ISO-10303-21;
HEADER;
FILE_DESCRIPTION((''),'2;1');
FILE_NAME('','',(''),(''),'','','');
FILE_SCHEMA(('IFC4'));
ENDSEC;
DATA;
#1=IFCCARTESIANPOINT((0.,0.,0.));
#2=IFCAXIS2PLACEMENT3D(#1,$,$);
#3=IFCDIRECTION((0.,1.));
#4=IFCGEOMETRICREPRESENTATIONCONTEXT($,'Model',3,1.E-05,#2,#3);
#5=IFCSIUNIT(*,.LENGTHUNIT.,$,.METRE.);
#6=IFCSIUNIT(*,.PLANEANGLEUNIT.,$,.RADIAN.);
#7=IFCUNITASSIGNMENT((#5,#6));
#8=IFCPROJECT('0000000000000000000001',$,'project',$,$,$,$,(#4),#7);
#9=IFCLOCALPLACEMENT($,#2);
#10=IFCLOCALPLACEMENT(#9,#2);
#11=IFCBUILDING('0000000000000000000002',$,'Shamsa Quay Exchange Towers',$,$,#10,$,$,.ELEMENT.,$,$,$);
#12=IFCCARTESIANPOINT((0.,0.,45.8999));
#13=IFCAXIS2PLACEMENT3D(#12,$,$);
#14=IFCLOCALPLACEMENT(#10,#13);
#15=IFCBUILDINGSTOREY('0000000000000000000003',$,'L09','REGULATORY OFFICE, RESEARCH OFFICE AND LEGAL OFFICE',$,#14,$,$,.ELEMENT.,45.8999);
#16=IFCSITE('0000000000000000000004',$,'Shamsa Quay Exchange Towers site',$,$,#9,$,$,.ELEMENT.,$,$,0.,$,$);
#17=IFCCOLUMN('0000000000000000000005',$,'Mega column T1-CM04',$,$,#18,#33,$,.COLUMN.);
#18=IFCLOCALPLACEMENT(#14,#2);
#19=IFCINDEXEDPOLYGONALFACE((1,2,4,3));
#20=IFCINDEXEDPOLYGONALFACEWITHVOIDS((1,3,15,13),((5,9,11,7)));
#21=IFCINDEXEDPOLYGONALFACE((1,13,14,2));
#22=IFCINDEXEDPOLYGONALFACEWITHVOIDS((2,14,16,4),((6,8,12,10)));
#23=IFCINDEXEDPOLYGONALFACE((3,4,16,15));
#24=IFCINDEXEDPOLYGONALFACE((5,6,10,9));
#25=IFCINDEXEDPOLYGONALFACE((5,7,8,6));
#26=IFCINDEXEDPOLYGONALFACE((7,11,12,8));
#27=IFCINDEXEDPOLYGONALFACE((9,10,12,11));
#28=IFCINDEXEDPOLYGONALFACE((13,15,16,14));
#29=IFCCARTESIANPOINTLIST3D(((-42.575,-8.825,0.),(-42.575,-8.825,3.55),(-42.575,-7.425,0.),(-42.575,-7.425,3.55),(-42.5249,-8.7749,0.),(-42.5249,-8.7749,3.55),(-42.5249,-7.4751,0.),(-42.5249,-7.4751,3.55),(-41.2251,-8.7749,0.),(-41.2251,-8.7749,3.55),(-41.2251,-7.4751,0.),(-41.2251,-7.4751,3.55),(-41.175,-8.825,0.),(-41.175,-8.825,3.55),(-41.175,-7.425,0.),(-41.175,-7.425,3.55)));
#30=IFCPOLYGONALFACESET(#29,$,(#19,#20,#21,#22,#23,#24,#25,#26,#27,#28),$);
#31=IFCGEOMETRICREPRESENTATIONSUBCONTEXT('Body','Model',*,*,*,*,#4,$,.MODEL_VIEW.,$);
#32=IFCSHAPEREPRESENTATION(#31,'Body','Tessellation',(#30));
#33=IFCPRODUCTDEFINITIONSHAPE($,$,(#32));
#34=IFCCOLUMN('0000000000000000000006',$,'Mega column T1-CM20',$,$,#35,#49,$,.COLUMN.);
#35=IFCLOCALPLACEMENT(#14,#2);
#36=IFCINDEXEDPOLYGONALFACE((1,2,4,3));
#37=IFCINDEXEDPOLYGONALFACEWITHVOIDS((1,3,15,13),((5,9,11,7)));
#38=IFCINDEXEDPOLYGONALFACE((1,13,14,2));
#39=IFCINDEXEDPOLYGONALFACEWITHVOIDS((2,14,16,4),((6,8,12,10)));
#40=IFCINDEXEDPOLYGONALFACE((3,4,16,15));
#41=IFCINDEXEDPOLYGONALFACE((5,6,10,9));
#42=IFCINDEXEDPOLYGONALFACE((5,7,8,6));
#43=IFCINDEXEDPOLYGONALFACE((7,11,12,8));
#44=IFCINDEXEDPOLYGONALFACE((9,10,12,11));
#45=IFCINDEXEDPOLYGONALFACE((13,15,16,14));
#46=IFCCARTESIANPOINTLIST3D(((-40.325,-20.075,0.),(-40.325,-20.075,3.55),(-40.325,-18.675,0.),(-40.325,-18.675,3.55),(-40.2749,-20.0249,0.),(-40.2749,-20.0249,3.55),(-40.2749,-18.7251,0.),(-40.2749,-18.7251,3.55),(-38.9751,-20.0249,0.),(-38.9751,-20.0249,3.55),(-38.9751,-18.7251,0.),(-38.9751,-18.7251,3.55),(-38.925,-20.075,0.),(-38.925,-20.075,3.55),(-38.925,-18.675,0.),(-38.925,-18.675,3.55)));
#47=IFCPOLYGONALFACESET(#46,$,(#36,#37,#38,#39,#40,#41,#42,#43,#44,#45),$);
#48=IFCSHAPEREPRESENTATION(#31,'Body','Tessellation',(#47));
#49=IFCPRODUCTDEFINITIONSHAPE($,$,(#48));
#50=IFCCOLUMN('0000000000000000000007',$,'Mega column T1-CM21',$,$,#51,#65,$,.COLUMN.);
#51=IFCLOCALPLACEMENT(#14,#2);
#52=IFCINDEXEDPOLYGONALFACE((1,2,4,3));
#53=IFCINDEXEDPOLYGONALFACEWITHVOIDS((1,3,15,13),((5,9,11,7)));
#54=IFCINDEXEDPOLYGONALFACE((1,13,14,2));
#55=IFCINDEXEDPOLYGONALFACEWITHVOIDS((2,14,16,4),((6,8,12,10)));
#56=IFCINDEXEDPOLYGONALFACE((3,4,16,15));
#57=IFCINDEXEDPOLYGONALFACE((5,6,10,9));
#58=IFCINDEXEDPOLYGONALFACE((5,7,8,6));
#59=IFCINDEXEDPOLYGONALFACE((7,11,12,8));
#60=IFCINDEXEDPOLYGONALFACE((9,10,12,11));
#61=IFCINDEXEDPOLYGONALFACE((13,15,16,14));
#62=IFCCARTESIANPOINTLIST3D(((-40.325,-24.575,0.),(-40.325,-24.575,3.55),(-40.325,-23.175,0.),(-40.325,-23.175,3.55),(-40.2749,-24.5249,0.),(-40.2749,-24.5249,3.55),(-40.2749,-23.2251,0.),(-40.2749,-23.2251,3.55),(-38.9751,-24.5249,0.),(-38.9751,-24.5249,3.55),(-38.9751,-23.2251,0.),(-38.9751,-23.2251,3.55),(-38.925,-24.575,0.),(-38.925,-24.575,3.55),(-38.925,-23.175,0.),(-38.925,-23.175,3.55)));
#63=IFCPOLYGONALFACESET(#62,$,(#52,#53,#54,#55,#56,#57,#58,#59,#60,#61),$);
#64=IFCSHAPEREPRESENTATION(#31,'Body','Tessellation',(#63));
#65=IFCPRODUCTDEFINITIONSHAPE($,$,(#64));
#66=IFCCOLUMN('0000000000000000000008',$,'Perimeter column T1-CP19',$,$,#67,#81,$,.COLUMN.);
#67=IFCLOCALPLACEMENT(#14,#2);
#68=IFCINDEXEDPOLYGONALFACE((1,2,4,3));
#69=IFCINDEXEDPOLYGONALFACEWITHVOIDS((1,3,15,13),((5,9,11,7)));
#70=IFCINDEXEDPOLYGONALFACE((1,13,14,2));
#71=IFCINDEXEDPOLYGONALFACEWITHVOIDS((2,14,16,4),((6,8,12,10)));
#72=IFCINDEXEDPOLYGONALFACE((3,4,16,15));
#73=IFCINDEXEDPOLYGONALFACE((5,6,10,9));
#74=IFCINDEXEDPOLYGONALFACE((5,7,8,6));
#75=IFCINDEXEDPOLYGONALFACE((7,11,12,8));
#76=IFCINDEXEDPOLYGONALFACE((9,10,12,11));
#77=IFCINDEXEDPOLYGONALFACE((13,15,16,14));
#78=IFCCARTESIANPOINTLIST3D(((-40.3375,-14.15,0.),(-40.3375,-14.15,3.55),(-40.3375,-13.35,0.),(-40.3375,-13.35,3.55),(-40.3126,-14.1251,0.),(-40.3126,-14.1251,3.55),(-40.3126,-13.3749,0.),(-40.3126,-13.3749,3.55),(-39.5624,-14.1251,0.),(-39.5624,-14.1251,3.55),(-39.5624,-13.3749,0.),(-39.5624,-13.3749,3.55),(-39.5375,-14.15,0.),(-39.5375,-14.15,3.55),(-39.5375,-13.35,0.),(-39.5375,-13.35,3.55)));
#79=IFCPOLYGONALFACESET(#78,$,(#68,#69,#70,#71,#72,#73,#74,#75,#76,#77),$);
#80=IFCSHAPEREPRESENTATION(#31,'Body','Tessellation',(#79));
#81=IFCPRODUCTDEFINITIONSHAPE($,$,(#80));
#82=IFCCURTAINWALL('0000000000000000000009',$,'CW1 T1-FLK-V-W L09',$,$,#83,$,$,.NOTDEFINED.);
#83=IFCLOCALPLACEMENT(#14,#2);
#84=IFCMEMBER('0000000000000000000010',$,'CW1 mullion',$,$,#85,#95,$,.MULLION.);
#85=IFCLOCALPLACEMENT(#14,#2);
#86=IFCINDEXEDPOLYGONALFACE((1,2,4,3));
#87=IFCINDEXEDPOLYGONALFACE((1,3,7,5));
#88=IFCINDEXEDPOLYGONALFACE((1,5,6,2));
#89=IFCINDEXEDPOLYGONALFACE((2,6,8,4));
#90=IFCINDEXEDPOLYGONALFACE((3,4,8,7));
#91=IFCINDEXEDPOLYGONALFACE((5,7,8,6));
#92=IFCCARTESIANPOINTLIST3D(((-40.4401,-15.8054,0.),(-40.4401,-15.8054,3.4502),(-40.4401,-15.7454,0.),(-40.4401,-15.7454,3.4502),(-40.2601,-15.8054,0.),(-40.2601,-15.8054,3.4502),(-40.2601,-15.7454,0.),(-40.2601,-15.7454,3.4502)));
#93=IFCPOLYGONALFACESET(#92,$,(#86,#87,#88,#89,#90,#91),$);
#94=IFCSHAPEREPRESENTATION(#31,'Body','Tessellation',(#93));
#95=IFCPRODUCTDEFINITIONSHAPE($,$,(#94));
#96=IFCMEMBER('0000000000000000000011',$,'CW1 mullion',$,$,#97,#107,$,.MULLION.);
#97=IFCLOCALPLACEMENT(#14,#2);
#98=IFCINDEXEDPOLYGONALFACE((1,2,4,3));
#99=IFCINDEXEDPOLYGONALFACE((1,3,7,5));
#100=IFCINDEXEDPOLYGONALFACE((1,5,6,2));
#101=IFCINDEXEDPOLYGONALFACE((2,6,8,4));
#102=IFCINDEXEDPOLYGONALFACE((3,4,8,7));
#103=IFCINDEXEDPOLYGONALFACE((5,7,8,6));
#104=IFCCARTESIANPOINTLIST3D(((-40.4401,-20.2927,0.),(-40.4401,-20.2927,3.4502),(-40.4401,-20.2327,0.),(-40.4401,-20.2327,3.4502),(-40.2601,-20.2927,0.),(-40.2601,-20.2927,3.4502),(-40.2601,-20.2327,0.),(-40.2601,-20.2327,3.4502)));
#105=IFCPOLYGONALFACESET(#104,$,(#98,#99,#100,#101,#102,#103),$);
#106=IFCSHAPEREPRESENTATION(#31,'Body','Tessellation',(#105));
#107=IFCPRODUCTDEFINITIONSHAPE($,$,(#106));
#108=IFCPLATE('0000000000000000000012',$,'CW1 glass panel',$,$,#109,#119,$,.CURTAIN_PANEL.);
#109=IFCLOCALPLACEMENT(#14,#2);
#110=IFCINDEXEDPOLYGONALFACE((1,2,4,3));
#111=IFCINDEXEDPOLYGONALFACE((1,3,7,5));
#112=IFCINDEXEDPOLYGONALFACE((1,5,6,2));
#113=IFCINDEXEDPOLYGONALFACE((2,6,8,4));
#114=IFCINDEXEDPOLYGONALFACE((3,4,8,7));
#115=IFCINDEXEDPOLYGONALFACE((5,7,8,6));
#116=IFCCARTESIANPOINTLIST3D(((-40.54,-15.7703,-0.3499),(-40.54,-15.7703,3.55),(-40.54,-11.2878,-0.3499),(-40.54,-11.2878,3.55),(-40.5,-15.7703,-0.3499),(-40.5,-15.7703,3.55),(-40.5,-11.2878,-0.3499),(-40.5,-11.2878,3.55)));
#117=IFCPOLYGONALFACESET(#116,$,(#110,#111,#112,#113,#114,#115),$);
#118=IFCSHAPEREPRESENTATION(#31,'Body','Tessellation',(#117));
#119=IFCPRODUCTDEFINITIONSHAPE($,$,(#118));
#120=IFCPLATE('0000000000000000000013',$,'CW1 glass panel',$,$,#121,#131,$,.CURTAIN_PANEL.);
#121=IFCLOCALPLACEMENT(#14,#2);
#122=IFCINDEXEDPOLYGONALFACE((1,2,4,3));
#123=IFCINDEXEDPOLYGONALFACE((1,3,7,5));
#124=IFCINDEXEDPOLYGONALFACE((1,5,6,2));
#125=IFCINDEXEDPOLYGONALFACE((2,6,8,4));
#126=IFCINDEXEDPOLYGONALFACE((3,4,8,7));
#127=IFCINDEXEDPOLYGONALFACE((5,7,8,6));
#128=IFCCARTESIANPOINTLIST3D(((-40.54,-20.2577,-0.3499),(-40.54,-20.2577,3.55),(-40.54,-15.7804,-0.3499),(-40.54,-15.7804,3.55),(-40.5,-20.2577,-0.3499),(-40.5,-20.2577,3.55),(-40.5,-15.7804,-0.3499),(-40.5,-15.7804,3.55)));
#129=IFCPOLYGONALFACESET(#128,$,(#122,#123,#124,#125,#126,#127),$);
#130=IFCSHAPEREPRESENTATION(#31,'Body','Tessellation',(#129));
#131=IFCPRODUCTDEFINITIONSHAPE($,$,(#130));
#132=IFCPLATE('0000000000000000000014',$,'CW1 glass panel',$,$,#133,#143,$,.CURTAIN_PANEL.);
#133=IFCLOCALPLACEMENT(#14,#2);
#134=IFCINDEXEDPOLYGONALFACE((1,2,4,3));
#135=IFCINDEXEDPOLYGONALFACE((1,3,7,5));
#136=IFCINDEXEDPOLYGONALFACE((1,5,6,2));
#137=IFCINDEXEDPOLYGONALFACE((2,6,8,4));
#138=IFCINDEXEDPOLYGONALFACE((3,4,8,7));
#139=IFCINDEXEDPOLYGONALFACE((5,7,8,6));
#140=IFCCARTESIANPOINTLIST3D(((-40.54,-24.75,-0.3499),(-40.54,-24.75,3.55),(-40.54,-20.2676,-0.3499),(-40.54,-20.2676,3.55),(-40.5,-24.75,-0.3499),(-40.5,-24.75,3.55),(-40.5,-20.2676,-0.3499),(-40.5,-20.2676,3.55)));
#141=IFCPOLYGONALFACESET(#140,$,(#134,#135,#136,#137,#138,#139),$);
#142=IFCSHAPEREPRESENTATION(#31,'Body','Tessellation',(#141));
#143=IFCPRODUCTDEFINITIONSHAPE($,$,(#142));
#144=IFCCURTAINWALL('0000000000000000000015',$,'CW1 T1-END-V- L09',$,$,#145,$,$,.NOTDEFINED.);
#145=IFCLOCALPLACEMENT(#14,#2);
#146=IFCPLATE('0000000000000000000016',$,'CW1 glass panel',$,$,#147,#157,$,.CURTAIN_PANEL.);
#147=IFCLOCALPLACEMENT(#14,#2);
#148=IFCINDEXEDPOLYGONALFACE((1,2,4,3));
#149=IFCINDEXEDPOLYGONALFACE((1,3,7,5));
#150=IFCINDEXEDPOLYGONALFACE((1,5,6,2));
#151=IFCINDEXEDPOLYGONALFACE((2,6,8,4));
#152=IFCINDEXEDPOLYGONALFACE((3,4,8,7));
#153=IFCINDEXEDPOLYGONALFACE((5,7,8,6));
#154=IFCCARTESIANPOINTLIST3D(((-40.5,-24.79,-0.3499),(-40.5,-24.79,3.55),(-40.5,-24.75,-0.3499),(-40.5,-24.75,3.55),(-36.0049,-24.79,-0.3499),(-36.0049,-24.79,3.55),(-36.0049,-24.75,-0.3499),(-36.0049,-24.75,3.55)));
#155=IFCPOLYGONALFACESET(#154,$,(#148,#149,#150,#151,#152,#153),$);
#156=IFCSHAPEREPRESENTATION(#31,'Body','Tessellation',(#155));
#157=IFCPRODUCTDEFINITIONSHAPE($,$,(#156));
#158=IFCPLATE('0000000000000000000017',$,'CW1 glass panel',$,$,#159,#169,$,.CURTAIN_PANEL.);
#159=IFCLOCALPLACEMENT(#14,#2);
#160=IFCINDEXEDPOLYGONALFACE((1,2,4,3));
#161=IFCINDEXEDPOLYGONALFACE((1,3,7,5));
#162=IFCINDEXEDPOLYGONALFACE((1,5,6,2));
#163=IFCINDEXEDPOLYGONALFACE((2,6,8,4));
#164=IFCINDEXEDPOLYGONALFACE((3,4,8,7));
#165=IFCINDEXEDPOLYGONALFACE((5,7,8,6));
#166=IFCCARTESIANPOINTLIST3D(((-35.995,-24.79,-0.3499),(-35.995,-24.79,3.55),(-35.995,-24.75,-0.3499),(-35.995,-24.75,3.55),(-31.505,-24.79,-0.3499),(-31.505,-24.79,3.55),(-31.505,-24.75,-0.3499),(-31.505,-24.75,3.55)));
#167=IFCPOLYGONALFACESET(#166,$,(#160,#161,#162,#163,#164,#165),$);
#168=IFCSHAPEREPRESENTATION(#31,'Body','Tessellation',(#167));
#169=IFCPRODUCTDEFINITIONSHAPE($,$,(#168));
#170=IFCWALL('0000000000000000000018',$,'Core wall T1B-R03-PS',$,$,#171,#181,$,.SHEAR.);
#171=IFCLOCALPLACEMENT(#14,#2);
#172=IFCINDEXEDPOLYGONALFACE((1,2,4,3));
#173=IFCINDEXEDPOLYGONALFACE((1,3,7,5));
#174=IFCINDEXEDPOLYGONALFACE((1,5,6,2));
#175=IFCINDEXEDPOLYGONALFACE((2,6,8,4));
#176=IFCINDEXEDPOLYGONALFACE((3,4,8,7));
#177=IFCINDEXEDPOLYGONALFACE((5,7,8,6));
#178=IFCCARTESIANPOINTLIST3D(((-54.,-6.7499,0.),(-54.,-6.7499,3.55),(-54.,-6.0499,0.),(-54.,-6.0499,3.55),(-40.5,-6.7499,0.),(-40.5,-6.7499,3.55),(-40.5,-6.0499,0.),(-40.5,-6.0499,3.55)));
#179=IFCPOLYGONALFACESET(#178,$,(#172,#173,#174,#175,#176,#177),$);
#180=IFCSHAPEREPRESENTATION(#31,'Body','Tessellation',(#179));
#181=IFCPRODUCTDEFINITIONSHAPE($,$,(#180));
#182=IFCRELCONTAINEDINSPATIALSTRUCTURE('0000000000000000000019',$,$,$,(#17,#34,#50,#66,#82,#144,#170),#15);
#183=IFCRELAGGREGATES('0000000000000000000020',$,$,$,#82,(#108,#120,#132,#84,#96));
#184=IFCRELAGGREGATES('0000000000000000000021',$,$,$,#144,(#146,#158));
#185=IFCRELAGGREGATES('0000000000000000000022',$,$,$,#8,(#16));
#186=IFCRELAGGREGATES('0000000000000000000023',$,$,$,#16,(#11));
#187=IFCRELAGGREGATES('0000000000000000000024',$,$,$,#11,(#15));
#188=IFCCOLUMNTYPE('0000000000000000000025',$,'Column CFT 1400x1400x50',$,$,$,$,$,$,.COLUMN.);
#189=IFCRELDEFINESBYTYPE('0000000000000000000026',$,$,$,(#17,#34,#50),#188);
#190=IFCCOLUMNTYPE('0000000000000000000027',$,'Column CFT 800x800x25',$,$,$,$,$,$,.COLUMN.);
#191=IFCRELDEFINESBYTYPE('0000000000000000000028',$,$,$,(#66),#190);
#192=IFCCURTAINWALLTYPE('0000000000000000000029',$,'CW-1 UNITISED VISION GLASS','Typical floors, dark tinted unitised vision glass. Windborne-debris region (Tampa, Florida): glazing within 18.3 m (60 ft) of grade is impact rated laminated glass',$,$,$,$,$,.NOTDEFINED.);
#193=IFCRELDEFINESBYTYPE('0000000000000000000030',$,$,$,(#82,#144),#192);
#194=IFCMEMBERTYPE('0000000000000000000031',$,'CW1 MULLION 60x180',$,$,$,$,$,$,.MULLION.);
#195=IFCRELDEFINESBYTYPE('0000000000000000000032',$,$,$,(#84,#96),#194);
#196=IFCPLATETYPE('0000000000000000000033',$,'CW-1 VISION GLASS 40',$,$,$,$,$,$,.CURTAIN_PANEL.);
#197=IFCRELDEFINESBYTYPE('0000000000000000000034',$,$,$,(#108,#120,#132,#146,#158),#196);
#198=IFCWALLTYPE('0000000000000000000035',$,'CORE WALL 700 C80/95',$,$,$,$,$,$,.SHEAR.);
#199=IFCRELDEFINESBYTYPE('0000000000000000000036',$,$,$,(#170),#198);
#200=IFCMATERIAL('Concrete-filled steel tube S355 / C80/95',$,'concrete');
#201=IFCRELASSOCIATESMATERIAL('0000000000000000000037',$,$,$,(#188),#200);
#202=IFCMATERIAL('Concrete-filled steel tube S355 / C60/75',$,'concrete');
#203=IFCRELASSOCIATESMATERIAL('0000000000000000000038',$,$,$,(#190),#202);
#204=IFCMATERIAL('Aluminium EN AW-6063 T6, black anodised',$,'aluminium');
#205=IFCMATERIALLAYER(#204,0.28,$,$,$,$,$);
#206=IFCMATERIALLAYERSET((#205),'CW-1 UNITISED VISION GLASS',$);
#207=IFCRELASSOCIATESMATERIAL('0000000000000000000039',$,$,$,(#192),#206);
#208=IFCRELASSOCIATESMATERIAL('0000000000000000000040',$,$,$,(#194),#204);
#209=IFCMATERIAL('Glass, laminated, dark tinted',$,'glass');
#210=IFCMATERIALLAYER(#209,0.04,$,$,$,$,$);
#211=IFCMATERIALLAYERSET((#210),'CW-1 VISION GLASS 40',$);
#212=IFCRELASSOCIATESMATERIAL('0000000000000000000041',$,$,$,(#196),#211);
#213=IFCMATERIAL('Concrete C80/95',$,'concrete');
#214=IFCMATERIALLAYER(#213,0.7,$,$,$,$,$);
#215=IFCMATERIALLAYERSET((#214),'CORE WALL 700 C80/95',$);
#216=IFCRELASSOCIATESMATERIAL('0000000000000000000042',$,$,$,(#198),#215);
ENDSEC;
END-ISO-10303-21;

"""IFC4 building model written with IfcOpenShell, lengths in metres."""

from ifc_helpers import new_model, si_unit, direction, frame, frame_2d, origin, origin_2d, place, context, subcontext, project, spatial, rectangle, hollow_rectangle, extrude, material, layer, layer_set, material_profile, profile_set, type_object, element, aggregate, save


model = new_model("IFC4")

# Units and contexts
model_context = context("Model", 3, precision=1e-05, world=origin(), true_north=direction((0.0, 1.0)))
body_context = subcontext(model_context, "Body", "Model", "MODEL_VIEW")
ifc_project = project(units=[si_unit("LENGTHUNIT", "METRE"), si_unit("PLANEANGLEUNIT", "RADIAN")], contexts=[model_context])

# Site, building, storey
site_placement = place(None, origin())
site = spatial("IfcSite", under=ifc_project, at=site_placement, Name="Shamsa Quay Exchange Towers site", CompositionType="ELEMENT", RefElevation=0.0)
building_placement = place(site_placement, origin())
building = spatial("IfcBuilding", under=site, at=building_placement, Name="Shamsa Quay Exchange Towers", CompositionType="ELEMENT")
storey_placement = place(building_placement, frame((0.0, 0.0, 45.8999)))
storey = spatial("IfcBuildingStorey", under=building, at=storey_placement, Name="L09", Description="REGULATORY OFFICE, RESEARCH OFFICE AND LEGAL OFFICE", CompositionType="ELEMENT", Elevation=45.8999)

# Columns
ifc_material_1 = material(Name="Concrete-filled steel tube S355 / C80/95", Category="concrete")
ifc_material_profile_1 = material_profile(ifc_material_1, hollow_rectangle(XDim=1.3999, YDim=1.3999, WallThickness=0.05, at=origin_2d()), Name="CFT 1400x1400x50")
ifc_profile_set_1 = profile_set([ifc_material_profile_1], Name="Concrete-filled steel tube S355 / C80/95")
column_type_1 = type_object("IfcColumnType", Name="Column CFT 1400x1400x50", PredefinedType="COLUMN", material=ifc_profile_set_1)
for number, where, name in (
    (1, (-41.875, -8.125, 0.0), "Mega column T1-CM04"),
    (2, (-39.625, -19.375, 0.0), "Mega column T1-CM20"),
    (3, (-39.625, -23.875, 0.0), "Mega column T1-CM21"),
):
    element("IfcColumn", number, at=place(storey_placement, frame(where)), inside=storey, type_object=column_type_1, Name=name, PredefinedType="COLUMN", context=body_context, shape_type="SweptSolid", body=[
        extrude(hollow_rectangle(XDim=1.3999, YDim=1.3999, WallThickness=0.05, at=origin_2d()), origin(), (0.0, 0.0, 1.0), 3.55),
    ])
ifc_material_2 = material(Name="Concrete-filled steel tube S355 / C60/75", Category="concrete")
ifc_material_profile_2 = material_profile(ifc_material_2, hollow_rectangle(XDim=0.8, YDim=0.8, WallThickness=0.0249, at=origin_2d()), Name="CFT 800x800x25")
ifc_profile_set_2 = profile_set([ifc_material_profile_2], Name="Concrete-filled steel tube S355 / C60/75")
column_type_2 = type_object("IfcColumnType", Name="Column CFT 800x800x25", PredefinedType="COLUMN", material=ifc_profile_set_2)
column_placement = place(storey_placement, frame((-39.9375, -13.75, 0.0)))
element("IfcColumn", 4, at=column_placement, inside=storey, type_object=column_type_2, Name="Perimeter column T1-CP19", PredefinedType="COLUMN", context=body_context, shape_type="SweptSolid", body=[
    extrude(hollow_rectangle(XDim=0.8, YDim=0.8, WallThickness=0.0249, at=origin_2d()), origin(), (0.0, 0.0, 1.0), 3.55),
])

# Curtain wall, members, plates
ifc_material_3 = material(Name="Aluminium EN AW-6063 T6, black anodised", Category="aluminium")
ifc_layer_1 = layer(ifc_material_3, 0.28)
ifc_layer_set_1 = layer_set([ifc_layer_1], Name="CW-1 UNITISED VISION GLASS")
curtain_wall_type = type_object("IfcCurtainWallType", Name="CW-1 UNITISED VISION GLASS", Description="Typical floors, dark tinted unitised vision glass. Windborne-debris region (Tampa, Florida): glazing within 18.3 m (60 ft) of grade is impact rated laminated glass", PredefinedType="NOTDEFINED", material=ifc_layer_set_1)
curtain_wall_1_placement = place(storey_placement, origin())
curtain_wall_1 = element("IfcCurtainWall", 5, at=curtain_wall_1_placement, inside=storey, type_object=curtain_wall_type, Name="CW1 T1-FLK-V-W L09", PredefinedType="NOTDEFINED")
ifc_material_profile_3 = material_profile(ifc_material_3, rectangle(XDim=0.1799, YDim=0.0601, at=origin_2d()), Name="MU60x180")
ifc_profile_set_3 = profile_set([ifc_material_profile_3], Name="Aluminium EN AW-6063 T6, black anodised")
member_type = type_object("IfcMemberType", Name="CW1 MULLION 60x180", PredefinedType="MULLION", material=ifc_profile_set_3)
member_1_placement = place(storey_placement, frame((-40.3501, -15.7754, 0.0)))
member_1 = element("IfcMember", 6, at=member_1_placement, type_object=member_type, Name="CW1 mullion", PredefinedType="MULLION", context=body_context, shape_type="SweptSolid", body=[
    extrude(rectangle(XDim=0.1799, YDim=0.0601, at=origin_2d()), origin(), (0.0, 0.0, 1.0), 3.4502),
])
member_2_placement = place(storey_placement, frame((-40.3501, -20.2627, 0.0)))
member_2 = element("IfcMember", 7, at=member_2_placement, type_object=member_type, Name="CW1 mullion", PredefinedType="MULLION", context=body_context, shape_type="SweptSolid", body=[
    extrude(rectangle(XDim=0.1799, YDim=0.0601, at=origin_2d()), origin(), (0.0, 0.0, 1.0), 3.4502),
])
ifc_material_4 = material(Name="Glass, laminated, dark tinted", Category="glass")
ifc_layer_2 = layer(ifc_material_4, 0.04)
ifc_layer_set_2 = layer_set([ifc_layer_2], Name="CW-1 VISION GLASS 40")
plate_type = type_object("IfcPlateType", Name="CW-1 VISION GLASS 40", PredefinedType="CURTAIN_PANEL", material=ifc_layer_set_2)
plate_1_placement = place(storey_placement, frame((-40.52, -13.5291, -0.3499), z_axis=(0.0, 0.0, 1.0), x_axis=(0.0, -1.0, 0.0)))
plate_1 = element("IfcPlate", 8, at=plate_1_placement, type_object=plate_type, Name="CW1 glass panel", PredefinedType="CURTAIN_PANEL", context=body_context, shape_type="SweptSolid", body=[
    extrude(rectangle(XDim=4.4824, YDim=0.04, at=origin_2d()), origin(), (0.0, 0.0, 1.0), 3.8999),
])
plate_2_placement = place(storey_placement, frame((-40.52, -18.019, -0.3499), z_axis=(0.0, 0.0, 1.0), x_axis=(0.0, -1.0, 0.0)))
plate_2 = element("IfcPlate", 9, at=plate_2_placement, type_object=plate_type, Name="CW1 glass panel", PredefinedType="CURTAIN_PANEL", context=body_context, shape_type="SweptSolid", body=[
    extrude(rectangle(XDim=4.4773, YDim=0.04, at=origin_2d()), origin(), (0.0, 0.0, 1.0), 3.8999),
])
plate_3_placement = place(storey_placement, frame((-40.52, -22.5088, -0.3499), z_axis=(0.0, 0.0, 1.0), x_axis=(0.0, -1.0, 0.0)))
plate_3 = element("IfcPlate", 10, at=plate_3_placement, type_object=plate_type, Name="CW1 glass panel", PredefinedType="CURTAIN_PANEL", context=body_context, shape_type="SweptSolid", body=[
    extrude(rectangle(XDim=4.4824, YDim=0.04, at=origin_2d()), origin(), (0.0, 0.0, 1.0), 3.8999),
])
aggregate(curtain_wall_1, [plate_1, plate_2, plate_3, member_1, member_2])

# Curtain wall, plates
curtain_wall_2_placement = place(storey_placement, origin())
curtain_wall_2 = element("IfcCurtainWall", 11, at=curtain_wall_2_placement, inside=storey, type_object=curtain_wall_type, Name="CW1 T1-END-V- L09", PredefinedType="NOTDEFINED")
plate_4_placement = place(storey_placement, frame((-38.2524, -24.77, -0.3499)))
plate_4 = element("IfcPlate", 12, at=plate_4_placement, type_object=plate_type, Name="CW1 glass panel", PredefinedType="CURTAIN_PANEL", context=body_context, shape_type="SweptSolid", body=[
    extrude(rectangle(XDim=4.4951, YDim=0.04, at=origin_2d()), origin(), (0.0, 0.0, 1.0), 3.8999),
])
plate_5_placement = place(storey_placement, frame((-33.75, -24.77, -0.3499)))
plate_5 = element("IfcPlate", 13, at=plate_5_placement, type_object=plate_type, Name="CW1 glass panel", PredefinedType="CURTAIN_PANEL", context=body_context, shape_type="SweptSolid", body=[
    extrude(rectangle(XDim=4.49, YDim=0.04, at=origin_2d()), origin(), (0.0, 0.0, 1.0), 3.8999),
])
aggregate(curtain_wall_2, [plate_4, plate_5])

# Wall
ifc_material_5 = material(Name="Concrete C80/95", Category="concrete")
ifc_layer_3 = layer(ifc_material_5, 0.7)
ifc_layer_set_3 = layer_set([ifc_layer_3], Name="CORE WALL 700 C80/95")
wall_type_1 = type_object("IfcWallType", Name="CORE WALL 700 C80/95", PredefinedType="SHEAR", material=ifc_layer_set_3)
wall_1_placement = place(storey_placement, frame((-40.5, -6.3999, 0.0), z_axis=(0.0, 0.0, 1.0), x_axis=(-1.0, 0.0, 0.0)))
element("IfcWall", 14, at=wall_1_placement, inside=storey, type_object=wall_type_1, Name="Core wall T1B-R03-PS", PredefinedType="SHEAR", context=body_context, shape_type="SweptSolid", body=[
    extrude(rectangle(XDim=13.5, YDim=0.7, at=frame_2d((6.75, 0.0))), origin(), (0.0, 0.0, 1.0), 3.55),
])

save(model, "model.ifc")
